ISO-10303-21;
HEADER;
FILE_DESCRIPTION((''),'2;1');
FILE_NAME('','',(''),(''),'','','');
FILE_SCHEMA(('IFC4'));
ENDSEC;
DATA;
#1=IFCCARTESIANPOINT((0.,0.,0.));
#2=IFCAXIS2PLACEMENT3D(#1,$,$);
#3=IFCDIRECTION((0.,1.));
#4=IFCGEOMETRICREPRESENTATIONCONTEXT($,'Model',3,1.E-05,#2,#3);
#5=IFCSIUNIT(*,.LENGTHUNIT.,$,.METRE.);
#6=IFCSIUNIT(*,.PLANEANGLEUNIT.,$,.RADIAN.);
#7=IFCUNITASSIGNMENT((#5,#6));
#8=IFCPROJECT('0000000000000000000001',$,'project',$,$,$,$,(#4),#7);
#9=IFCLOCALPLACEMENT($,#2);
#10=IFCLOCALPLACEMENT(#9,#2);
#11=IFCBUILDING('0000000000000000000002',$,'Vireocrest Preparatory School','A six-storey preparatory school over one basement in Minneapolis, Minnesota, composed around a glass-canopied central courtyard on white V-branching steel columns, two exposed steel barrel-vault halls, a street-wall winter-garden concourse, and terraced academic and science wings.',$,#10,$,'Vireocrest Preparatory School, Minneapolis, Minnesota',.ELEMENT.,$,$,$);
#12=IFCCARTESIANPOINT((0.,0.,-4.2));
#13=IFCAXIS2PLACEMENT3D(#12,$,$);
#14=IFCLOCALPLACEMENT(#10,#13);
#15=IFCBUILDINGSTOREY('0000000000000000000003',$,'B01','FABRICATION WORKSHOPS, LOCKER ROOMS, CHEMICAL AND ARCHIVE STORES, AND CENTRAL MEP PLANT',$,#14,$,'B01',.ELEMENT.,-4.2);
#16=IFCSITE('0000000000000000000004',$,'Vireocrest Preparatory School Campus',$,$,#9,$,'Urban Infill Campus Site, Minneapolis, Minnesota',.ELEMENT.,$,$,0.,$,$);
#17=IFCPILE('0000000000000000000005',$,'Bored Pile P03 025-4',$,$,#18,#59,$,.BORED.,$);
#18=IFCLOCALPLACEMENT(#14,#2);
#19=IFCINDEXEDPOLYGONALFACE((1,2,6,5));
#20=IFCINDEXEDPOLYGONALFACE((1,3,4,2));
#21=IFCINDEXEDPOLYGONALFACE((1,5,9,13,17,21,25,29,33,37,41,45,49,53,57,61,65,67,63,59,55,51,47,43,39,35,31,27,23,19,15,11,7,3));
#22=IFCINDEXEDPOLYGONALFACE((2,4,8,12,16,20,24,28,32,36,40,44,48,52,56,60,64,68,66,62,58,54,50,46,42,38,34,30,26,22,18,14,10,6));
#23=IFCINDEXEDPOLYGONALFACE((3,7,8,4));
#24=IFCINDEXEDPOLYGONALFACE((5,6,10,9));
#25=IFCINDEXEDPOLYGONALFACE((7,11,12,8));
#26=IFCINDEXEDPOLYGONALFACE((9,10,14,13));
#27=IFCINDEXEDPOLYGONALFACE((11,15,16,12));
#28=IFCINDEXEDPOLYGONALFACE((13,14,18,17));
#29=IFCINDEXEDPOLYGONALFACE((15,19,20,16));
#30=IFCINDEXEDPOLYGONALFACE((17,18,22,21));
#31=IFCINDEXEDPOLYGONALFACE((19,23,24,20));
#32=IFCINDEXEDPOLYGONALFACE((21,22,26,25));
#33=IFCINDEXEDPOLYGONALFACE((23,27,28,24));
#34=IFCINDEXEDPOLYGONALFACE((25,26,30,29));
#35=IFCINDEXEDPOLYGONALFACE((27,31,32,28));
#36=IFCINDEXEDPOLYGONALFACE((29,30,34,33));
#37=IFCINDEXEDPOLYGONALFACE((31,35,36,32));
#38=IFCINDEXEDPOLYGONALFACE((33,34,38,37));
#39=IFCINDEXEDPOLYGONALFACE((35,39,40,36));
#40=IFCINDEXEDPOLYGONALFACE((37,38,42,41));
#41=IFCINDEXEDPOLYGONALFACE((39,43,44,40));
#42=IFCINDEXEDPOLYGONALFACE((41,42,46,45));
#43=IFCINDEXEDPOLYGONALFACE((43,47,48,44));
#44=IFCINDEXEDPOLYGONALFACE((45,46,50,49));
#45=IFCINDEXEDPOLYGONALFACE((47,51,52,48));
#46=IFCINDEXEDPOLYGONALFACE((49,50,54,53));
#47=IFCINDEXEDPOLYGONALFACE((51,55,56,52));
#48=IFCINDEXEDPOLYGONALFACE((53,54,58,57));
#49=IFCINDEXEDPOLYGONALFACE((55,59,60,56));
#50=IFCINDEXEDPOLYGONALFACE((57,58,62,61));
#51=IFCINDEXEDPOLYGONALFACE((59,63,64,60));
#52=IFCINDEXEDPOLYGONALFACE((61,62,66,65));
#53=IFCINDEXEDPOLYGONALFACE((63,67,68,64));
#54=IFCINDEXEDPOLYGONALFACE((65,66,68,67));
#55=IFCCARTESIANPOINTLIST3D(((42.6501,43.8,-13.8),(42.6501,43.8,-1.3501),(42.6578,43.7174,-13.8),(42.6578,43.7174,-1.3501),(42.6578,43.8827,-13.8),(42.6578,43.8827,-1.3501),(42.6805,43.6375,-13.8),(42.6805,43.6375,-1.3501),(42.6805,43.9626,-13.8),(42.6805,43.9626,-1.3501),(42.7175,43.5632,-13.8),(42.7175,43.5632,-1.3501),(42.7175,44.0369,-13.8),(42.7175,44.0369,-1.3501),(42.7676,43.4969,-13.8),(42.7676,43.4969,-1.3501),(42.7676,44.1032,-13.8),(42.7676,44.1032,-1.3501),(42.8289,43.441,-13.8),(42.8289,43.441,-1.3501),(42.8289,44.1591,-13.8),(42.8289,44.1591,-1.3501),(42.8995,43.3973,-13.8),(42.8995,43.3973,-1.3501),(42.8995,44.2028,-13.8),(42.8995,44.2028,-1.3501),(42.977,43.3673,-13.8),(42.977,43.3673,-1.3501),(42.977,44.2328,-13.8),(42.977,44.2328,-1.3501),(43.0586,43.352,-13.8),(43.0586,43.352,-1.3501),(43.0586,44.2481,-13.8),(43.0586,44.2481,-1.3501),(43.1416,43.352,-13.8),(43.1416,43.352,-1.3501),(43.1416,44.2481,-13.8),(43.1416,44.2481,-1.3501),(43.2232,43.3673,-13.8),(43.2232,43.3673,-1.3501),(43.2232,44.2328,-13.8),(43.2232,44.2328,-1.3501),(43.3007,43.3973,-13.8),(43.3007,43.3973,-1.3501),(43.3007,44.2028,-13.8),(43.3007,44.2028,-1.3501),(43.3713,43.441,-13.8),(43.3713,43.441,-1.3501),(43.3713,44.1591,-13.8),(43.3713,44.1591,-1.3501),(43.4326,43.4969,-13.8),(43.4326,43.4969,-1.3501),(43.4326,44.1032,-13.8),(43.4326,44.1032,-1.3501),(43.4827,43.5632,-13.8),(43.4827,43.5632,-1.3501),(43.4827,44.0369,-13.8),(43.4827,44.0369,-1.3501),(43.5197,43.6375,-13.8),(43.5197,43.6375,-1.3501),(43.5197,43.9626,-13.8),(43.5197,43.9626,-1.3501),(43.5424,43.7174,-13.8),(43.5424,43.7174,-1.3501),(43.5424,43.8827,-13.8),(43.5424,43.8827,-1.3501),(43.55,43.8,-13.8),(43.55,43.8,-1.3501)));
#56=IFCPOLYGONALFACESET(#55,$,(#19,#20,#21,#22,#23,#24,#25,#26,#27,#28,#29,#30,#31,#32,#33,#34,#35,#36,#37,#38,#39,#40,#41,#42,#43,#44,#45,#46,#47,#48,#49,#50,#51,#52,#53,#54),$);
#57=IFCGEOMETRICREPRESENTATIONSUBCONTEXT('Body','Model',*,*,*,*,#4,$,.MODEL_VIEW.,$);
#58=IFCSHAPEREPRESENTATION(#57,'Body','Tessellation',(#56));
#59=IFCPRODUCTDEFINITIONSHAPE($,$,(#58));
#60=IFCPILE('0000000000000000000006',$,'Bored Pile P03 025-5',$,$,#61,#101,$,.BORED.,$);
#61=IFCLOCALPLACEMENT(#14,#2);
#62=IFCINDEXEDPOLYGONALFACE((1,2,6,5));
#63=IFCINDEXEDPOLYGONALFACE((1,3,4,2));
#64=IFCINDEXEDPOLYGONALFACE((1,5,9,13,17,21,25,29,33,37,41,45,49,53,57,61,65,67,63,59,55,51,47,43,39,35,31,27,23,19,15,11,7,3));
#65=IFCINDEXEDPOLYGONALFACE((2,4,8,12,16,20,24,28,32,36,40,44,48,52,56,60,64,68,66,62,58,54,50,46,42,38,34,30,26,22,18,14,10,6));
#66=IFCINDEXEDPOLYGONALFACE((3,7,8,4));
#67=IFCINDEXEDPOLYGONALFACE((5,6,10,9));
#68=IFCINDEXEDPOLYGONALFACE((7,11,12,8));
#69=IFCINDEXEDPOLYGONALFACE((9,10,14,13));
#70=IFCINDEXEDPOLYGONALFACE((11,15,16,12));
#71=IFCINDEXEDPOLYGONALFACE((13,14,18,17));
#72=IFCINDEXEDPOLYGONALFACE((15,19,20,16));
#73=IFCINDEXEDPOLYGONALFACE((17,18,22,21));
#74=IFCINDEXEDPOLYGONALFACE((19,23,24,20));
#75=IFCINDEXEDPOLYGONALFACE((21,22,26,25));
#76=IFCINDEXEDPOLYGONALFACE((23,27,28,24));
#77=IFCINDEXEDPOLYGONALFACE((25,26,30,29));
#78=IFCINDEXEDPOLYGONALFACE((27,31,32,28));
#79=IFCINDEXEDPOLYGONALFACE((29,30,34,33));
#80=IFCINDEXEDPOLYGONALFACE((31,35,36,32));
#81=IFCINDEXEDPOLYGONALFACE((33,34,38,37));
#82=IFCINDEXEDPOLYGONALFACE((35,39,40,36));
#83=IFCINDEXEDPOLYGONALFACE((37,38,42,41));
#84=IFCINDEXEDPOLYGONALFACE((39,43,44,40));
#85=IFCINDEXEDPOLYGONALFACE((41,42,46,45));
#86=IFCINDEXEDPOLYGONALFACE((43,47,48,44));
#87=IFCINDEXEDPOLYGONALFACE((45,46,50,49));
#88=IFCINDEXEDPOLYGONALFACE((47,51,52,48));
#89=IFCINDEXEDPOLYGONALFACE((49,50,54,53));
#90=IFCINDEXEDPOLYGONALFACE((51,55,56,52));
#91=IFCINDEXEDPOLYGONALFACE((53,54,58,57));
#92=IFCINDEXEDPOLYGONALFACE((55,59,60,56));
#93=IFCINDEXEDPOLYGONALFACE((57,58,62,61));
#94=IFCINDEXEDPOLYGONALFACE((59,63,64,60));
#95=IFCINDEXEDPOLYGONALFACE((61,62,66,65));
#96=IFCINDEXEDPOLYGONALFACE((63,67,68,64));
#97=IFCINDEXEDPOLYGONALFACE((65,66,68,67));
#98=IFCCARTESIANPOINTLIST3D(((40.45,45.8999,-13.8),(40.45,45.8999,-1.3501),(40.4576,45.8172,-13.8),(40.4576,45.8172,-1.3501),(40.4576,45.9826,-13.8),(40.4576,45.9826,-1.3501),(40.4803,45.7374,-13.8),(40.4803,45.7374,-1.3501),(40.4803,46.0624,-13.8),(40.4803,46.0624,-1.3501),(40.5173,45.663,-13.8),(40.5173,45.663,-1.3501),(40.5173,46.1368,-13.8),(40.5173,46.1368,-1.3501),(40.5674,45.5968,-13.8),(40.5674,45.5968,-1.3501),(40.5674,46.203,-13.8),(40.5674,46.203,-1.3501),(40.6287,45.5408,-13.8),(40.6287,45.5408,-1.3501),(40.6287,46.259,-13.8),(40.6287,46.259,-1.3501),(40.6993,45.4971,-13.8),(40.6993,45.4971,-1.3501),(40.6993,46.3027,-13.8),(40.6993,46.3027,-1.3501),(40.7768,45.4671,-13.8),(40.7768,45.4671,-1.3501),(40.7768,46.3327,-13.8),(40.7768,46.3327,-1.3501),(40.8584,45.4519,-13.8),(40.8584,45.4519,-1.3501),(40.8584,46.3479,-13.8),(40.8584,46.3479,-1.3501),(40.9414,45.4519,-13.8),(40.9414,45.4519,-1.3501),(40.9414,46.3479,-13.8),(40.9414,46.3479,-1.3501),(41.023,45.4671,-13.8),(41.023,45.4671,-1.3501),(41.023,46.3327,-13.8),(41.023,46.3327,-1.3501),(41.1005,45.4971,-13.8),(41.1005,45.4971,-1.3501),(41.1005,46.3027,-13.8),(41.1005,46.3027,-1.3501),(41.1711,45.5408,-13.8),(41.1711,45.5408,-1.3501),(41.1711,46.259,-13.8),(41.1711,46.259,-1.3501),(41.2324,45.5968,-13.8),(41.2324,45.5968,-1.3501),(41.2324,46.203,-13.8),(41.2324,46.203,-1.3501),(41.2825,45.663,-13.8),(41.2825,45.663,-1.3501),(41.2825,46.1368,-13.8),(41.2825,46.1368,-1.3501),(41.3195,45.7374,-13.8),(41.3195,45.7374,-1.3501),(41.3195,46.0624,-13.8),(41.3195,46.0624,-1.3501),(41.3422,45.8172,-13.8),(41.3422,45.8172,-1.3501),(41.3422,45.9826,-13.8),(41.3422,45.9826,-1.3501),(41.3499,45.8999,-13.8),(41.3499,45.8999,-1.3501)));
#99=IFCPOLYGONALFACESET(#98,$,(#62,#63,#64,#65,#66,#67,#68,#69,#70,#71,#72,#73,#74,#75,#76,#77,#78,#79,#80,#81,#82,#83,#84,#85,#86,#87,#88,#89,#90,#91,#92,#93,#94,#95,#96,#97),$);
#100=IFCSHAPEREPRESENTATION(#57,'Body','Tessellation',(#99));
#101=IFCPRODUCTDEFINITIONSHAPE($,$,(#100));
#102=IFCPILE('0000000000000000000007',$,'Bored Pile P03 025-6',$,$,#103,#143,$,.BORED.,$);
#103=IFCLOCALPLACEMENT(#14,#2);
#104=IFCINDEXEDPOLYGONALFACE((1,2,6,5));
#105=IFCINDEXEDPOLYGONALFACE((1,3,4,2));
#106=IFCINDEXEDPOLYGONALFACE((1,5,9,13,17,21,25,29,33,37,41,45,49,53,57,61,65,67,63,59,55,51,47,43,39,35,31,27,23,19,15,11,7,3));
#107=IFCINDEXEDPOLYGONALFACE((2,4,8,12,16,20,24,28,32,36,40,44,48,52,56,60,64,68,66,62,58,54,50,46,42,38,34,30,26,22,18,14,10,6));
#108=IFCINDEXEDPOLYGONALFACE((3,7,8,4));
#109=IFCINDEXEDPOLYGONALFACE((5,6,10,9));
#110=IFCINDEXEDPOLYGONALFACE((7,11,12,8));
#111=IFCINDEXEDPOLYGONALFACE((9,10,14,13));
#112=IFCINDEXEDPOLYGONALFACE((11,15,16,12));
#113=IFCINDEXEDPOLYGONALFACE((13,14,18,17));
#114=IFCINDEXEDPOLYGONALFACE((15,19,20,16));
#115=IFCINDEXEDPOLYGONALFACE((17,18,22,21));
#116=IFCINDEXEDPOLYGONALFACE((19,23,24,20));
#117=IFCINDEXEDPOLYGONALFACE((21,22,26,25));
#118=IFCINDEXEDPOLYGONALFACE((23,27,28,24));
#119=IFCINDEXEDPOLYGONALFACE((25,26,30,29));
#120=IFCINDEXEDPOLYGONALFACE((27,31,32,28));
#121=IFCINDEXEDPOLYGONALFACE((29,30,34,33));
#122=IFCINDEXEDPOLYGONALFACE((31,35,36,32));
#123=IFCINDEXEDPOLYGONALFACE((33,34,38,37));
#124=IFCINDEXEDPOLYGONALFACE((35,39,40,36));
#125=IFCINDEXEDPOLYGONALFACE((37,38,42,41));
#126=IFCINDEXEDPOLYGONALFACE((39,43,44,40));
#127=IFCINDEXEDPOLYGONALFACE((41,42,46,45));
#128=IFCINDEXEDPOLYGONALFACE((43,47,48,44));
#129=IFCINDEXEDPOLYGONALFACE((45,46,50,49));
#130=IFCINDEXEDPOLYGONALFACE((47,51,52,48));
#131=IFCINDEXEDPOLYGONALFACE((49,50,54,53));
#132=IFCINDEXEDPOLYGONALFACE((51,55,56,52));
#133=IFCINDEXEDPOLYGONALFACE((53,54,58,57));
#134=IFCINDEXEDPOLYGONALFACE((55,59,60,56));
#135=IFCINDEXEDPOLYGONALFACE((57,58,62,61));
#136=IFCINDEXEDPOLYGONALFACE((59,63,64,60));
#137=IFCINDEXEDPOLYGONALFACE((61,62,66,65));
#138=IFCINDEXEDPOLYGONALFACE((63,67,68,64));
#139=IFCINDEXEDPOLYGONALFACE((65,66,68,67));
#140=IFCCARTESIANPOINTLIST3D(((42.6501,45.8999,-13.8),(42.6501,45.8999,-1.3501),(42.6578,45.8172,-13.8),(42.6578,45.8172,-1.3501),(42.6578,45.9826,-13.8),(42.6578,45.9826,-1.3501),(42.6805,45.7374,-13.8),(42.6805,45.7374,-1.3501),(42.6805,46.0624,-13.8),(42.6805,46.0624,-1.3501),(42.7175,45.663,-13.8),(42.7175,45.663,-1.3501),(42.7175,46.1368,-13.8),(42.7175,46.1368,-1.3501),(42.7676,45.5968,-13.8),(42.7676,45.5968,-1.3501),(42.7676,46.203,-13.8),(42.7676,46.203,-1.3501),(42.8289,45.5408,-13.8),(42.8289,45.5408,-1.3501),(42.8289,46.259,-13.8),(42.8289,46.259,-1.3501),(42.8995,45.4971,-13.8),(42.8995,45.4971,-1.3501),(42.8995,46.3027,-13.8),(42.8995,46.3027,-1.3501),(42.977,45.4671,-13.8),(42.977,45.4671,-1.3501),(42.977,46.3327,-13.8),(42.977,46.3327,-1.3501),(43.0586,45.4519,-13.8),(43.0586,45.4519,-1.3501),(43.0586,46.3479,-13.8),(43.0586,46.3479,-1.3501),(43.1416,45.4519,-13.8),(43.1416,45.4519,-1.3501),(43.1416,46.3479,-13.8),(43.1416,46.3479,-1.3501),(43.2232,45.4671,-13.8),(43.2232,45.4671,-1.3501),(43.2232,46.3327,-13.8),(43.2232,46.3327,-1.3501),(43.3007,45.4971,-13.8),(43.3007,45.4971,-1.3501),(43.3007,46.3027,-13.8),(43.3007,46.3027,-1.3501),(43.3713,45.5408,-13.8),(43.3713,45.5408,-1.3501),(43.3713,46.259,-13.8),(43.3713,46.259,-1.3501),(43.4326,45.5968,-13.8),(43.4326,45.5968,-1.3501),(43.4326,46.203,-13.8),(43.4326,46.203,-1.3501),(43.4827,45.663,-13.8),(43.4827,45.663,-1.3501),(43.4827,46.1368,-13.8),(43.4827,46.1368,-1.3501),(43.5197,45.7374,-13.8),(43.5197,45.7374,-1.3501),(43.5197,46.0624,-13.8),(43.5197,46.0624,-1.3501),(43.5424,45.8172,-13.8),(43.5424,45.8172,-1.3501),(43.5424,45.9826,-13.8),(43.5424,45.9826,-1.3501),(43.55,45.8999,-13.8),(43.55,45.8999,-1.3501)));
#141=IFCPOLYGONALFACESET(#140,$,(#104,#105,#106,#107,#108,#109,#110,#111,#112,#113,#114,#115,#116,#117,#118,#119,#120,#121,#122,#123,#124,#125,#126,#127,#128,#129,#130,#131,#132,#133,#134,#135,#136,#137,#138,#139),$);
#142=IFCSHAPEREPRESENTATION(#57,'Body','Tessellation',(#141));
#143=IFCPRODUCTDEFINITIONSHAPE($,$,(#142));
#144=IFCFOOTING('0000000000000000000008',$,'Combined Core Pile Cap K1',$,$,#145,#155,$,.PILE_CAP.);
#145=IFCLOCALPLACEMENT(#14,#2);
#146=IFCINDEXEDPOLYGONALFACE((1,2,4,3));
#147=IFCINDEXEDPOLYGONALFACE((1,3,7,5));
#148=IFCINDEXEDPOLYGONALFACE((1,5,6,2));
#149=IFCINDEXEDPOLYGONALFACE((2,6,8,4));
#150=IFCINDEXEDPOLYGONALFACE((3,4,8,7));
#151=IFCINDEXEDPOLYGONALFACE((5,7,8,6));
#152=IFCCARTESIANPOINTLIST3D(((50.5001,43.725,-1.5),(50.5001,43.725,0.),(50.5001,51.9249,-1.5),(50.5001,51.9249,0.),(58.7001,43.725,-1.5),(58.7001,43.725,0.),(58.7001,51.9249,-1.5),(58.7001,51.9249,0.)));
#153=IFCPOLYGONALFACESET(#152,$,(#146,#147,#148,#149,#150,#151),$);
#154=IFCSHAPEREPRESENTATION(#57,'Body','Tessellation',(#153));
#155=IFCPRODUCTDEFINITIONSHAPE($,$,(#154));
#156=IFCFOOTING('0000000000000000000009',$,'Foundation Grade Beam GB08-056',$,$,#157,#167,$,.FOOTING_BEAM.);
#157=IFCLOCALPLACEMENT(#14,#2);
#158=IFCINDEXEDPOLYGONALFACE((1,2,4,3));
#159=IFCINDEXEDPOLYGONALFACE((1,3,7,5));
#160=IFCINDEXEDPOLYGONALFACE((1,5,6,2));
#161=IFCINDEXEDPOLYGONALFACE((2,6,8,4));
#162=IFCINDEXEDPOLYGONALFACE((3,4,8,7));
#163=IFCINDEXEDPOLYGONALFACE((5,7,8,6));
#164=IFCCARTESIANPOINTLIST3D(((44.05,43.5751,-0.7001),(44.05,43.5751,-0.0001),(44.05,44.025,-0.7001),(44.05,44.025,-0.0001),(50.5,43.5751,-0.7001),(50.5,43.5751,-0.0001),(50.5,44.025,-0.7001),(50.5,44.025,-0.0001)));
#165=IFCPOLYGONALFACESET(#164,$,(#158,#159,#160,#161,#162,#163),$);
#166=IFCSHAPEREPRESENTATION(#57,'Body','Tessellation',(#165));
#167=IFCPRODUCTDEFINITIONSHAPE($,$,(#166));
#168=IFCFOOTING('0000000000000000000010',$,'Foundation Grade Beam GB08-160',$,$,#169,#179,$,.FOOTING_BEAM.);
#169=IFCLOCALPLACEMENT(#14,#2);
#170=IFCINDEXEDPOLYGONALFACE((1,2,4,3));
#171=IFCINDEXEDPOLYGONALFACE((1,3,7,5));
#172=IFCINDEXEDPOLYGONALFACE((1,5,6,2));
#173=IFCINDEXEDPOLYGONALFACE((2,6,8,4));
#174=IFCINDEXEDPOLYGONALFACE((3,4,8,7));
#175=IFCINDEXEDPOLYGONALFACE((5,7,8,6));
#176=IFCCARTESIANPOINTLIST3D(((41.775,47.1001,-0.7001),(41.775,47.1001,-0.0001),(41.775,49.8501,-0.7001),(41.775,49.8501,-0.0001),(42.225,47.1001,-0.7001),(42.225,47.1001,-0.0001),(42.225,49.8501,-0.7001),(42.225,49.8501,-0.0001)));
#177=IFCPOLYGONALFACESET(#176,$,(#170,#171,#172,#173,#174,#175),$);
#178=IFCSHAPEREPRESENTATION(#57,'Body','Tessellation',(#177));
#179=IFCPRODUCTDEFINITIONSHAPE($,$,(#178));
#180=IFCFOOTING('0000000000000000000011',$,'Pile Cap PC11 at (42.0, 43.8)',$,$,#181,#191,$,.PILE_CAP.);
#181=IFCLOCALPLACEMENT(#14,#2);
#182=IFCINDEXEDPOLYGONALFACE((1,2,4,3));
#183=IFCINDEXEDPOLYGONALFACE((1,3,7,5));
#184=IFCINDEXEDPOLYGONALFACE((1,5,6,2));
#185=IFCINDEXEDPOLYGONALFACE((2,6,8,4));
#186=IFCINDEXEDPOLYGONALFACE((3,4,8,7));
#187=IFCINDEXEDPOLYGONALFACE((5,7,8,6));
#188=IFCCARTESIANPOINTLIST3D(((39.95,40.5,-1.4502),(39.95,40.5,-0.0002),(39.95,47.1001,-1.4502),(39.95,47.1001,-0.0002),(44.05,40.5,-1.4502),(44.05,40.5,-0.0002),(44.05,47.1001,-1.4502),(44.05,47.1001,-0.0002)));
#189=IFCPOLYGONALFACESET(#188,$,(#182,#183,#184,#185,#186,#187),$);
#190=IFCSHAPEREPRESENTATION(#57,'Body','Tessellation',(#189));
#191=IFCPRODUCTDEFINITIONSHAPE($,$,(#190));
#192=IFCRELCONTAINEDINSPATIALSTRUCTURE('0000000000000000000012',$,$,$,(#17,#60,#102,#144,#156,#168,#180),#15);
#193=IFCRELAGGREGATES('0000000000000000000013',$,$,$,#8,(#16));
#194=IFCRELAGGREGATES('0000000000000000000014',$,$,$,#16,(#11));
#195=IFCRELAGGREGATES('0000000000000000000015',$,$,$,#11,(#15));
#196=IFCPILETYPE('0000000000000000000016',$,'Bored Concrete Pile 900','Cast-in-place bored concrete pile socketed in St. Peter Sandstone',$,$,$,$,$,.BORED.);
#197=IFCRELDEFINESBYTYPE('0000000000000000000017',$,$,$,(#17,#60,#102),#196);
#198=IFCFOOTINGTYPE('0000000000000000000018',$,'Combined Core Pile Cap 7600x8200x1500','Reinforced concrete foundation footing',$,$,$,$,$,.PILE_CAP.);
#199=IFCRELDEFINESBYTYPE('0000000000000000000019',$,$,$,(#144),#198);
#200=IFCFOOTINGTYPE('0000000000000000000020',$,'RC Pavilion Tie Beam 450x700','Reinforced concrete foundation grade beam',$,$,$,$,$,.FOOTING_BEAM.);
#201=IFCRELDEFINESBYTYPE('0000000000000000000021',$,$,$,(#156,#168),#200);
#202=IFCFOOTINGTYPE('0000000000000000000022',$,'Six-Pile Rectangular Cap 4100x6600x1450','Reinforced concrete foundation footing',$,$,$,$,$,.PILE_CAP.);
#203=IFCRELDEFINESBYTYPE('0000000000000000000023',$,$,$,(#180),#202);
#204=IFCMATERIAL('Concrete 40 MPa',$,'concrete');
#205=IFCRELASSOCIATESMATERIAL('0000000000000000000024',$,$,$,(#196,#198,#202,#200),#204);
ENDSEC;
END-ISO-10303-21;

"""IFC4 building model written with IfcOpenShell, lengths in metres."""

from ifc_helpers import new_model, si_unit, direction, frame, origin, origin_2d, place, context, subcontext, project, spatial, rectangle, circle, extrude, material, material_profile, profile_set, type_object, element, save


model = new_model("IFC4")

# Units and contexts
model_context = context("Model", 3, precision=1e-05, world=origin(), true_north=direction((0.0, 1.0)))
body_context = subcontext(model_context, "Body", "Model", "MODEL_VIEW")
ifc_project = project(units=[si_unit("LENGTHUNIT", "METRE"), si_unit("PLANEANGLEUNIT", "RADIAN")], contexts=[model_context])

# Site, building, storey
site_placement = place(None, origin())
site = spatial("IfcSite", under=ifc_project, at=site_placement, Name="Vireocrest Preparatory School Campus", LongName="Urban Infill Campus Site, Minneapolis, Minnesota", CompositionType="ELEMENT", RefElevation=0.0)
building_placement = place(site_placement, origin())
building = spatial("IfcBuilding", under=site, at=building_placement, Name="Vireocrest Preparatory School", Description="A six-storey preparatory school over one basement in Minneapolis, Minnesota, composed around a glass-canopied central courtyard on white V-branching steel columns, two exposed steel barrel-vault halls, a street-wall winter-garden concourse, and terraced academic and science wings.", LongName="Vireocrest Preparatory School, Minneapolis, Minnesota", CompositionType="ELEMENT")
storey_placement = place(building_placement, frame((0.0, 0.0, -4.2)))
storey = spatial("IfcBuildingStorey", under=building, at=storey_placement, Name="B01", Description="FABRICATION WORKSHOPS, LOCKER ROOMS, CHEMICAL AND ARCHIVE STORES, AND CENTRAL MEP PLANT", LongName="B01", CompositionType="ELEMENT", Elevation=-4.2)

# Piles
ifc_material_1 = material(Name="Concrete 40 MPa", Category="concrete")
ifc_material_profile_1 = material_profile(ifc_material_1, circle(Radius=0.45, at=origin_2d()), Name="BORED PILE 900")
ifc_profile_set_1 = profile_set([ifc_material_profile_1], Name="Concrete 40 MPa")
pile_type_1 = type_object("IfcPileType", Name="Bored Concrete Pile 900", Description="Cast-in-place bored concrete pile socketed in St. Peter Sandstone", PredefinedType="BORED", material=ifc_profile_set_1)
for number, where, z_axis, x_axis, name in (
    (1, (43.1001, 43.8, -1.3501), (0.0, 0.0, -1.0), (1.0, 0.0, 0.0), "Bored Pile P03 025-4"),
    (2, (40.8999, 45.8999, -1.3501), (0.0, 0.0, -1.0), (1.0, 0.0, 0.0), "Bored Pile P03 025-5"),
    (3, (43.1001, 45.8999, -1.3501), (0.0, 0.0, -1.0), (1.0, 0.0, 0.0), "Bored Pile P03 025-6"),
):
    element("IfcPile", number, at=place(storey_placement, frame(where, z_axis=z_axis, x_axis=x_axis)), inside=storey, type_object=pile_type_1, Name=name, PredefinedType="BORED", context=body_context, shape_type="SweptSolid", body=[
        extrude(circle(Radius=0.45, at=origin_2d()), origin(), (0.0, 0.0, 1.0), 12.45),
    ])

# Footings
footing_type_1 = type_object("IfcFootingType", Name="Combined Core Pile Cap 7600x8200x1500", Description="Reinforced concrete foundation footing", PredefinedType="PILE_CAP", material=ifc_material_1)
footing_1_placement = place(storey_placement, frame((54.6001, 47.825, -1.5), z_axis=(0.0, 0.0, 1.0), x_axis=(1.0, 0.0, 0.0)))
element("IfcFooting", 4, at=footing_1_placement, inside=storey, type_object=footing_type_1, Name="Combined Core Pile Cap K1", PredefinedType="PILE_CAP", context=body_context, shape_type="SweptSolid", body=[
    extrude(rectangle(XDim=8.2, YDim=8.2, at=origin_2d()), origin(), (0.0, 0.0, 1.0), 1.5),
])
ifc_material_profile_2 = material_profile(ifc_material_1, rectangle(XDim=0.45, YDim=0.7, at=origin_2d()), Name="GB 450x700")
ifc_profile_set_2 = profile_set([ifc_material_profile_2], Name="Concrete 40 MPa")
footing_type_2 = type_object("IfcFootingType", Name="RC Pavilion Tie Beam 450x700", Description="Reinforced concrete foundation grade beam", PredefinedType="FOOTING_BEAM", material=ifc_profile_set_2)
footing_2_placement = place(storey_placement, frame((44.05, 43.8, -0.3501), z_axis=(1.0, 0.0, 0.0), x_axis=(0.0, 1.0, 0.0)))
element("IfcFooting", 5, at=footing_2_placement, inside=storey, type_object=footing_type_2, Name="Foundation Grade Beam GB08-056", PredefinedType="FOOTING_BEAM", context=body_context, shape_type="SweptSolid", body=[
    extrude(rectangle(XDim=0.45, YDim=0.7, at=origin_2d()), origin(), (0.0, 0.0, 1.0), 6.45),
])
footing_3_placement = place(storey_placement, frame((42.0, 47.1001, -0.3501), z_axis=(0.0, 1.0, 0.0), x_axis=(-1.0, 0.0, 0.0)))
element("IfcFooting", 6, at=footing_3_placement, inside=storey, type_object=footing_type_2, Name="Foundation Grade Beam GB08-160", PredefinedType="FOOTING_BEAM", context=body_context, shape_type="SweptSolid", body=[
    extrude(rectangle(XDim=0.45, YDim=0.7, at=origin_2d()), origin(), (0.0, 0.0, 1.0), 2.75),
])
footing_type_3 = type_object("IfcFootingType", Name="Six-Pile Rectangular Cap 4100x6600x1450", Description="Reinforced concrete foundation footing", PredefinedType="PILE_CAP", material=ifc_material_1)
footing_4_placement = place(storey_placement, frame((42.0, 43.8, -1.4502), z_axis=(0.0, 0.0, 1.0), x_axis=(1.0, 0.0, 0.0)))
element("IfcFooting", 7, at=footing_4_placement, inside=storey, type_object=footing_type_3, Name="Pile Cap PC11 at (42.0, 43.8)", PredefinedType="PILE_CAP", context=body_context, shape_type="SweptSolid", body=[
    extrude(rectangle(XDim=4.1001, YDim=6.6001, at=origin_2d()), origin(), (0.0, 0.0, 1.0), 1.45),
])

save(model, "model.ifc")
